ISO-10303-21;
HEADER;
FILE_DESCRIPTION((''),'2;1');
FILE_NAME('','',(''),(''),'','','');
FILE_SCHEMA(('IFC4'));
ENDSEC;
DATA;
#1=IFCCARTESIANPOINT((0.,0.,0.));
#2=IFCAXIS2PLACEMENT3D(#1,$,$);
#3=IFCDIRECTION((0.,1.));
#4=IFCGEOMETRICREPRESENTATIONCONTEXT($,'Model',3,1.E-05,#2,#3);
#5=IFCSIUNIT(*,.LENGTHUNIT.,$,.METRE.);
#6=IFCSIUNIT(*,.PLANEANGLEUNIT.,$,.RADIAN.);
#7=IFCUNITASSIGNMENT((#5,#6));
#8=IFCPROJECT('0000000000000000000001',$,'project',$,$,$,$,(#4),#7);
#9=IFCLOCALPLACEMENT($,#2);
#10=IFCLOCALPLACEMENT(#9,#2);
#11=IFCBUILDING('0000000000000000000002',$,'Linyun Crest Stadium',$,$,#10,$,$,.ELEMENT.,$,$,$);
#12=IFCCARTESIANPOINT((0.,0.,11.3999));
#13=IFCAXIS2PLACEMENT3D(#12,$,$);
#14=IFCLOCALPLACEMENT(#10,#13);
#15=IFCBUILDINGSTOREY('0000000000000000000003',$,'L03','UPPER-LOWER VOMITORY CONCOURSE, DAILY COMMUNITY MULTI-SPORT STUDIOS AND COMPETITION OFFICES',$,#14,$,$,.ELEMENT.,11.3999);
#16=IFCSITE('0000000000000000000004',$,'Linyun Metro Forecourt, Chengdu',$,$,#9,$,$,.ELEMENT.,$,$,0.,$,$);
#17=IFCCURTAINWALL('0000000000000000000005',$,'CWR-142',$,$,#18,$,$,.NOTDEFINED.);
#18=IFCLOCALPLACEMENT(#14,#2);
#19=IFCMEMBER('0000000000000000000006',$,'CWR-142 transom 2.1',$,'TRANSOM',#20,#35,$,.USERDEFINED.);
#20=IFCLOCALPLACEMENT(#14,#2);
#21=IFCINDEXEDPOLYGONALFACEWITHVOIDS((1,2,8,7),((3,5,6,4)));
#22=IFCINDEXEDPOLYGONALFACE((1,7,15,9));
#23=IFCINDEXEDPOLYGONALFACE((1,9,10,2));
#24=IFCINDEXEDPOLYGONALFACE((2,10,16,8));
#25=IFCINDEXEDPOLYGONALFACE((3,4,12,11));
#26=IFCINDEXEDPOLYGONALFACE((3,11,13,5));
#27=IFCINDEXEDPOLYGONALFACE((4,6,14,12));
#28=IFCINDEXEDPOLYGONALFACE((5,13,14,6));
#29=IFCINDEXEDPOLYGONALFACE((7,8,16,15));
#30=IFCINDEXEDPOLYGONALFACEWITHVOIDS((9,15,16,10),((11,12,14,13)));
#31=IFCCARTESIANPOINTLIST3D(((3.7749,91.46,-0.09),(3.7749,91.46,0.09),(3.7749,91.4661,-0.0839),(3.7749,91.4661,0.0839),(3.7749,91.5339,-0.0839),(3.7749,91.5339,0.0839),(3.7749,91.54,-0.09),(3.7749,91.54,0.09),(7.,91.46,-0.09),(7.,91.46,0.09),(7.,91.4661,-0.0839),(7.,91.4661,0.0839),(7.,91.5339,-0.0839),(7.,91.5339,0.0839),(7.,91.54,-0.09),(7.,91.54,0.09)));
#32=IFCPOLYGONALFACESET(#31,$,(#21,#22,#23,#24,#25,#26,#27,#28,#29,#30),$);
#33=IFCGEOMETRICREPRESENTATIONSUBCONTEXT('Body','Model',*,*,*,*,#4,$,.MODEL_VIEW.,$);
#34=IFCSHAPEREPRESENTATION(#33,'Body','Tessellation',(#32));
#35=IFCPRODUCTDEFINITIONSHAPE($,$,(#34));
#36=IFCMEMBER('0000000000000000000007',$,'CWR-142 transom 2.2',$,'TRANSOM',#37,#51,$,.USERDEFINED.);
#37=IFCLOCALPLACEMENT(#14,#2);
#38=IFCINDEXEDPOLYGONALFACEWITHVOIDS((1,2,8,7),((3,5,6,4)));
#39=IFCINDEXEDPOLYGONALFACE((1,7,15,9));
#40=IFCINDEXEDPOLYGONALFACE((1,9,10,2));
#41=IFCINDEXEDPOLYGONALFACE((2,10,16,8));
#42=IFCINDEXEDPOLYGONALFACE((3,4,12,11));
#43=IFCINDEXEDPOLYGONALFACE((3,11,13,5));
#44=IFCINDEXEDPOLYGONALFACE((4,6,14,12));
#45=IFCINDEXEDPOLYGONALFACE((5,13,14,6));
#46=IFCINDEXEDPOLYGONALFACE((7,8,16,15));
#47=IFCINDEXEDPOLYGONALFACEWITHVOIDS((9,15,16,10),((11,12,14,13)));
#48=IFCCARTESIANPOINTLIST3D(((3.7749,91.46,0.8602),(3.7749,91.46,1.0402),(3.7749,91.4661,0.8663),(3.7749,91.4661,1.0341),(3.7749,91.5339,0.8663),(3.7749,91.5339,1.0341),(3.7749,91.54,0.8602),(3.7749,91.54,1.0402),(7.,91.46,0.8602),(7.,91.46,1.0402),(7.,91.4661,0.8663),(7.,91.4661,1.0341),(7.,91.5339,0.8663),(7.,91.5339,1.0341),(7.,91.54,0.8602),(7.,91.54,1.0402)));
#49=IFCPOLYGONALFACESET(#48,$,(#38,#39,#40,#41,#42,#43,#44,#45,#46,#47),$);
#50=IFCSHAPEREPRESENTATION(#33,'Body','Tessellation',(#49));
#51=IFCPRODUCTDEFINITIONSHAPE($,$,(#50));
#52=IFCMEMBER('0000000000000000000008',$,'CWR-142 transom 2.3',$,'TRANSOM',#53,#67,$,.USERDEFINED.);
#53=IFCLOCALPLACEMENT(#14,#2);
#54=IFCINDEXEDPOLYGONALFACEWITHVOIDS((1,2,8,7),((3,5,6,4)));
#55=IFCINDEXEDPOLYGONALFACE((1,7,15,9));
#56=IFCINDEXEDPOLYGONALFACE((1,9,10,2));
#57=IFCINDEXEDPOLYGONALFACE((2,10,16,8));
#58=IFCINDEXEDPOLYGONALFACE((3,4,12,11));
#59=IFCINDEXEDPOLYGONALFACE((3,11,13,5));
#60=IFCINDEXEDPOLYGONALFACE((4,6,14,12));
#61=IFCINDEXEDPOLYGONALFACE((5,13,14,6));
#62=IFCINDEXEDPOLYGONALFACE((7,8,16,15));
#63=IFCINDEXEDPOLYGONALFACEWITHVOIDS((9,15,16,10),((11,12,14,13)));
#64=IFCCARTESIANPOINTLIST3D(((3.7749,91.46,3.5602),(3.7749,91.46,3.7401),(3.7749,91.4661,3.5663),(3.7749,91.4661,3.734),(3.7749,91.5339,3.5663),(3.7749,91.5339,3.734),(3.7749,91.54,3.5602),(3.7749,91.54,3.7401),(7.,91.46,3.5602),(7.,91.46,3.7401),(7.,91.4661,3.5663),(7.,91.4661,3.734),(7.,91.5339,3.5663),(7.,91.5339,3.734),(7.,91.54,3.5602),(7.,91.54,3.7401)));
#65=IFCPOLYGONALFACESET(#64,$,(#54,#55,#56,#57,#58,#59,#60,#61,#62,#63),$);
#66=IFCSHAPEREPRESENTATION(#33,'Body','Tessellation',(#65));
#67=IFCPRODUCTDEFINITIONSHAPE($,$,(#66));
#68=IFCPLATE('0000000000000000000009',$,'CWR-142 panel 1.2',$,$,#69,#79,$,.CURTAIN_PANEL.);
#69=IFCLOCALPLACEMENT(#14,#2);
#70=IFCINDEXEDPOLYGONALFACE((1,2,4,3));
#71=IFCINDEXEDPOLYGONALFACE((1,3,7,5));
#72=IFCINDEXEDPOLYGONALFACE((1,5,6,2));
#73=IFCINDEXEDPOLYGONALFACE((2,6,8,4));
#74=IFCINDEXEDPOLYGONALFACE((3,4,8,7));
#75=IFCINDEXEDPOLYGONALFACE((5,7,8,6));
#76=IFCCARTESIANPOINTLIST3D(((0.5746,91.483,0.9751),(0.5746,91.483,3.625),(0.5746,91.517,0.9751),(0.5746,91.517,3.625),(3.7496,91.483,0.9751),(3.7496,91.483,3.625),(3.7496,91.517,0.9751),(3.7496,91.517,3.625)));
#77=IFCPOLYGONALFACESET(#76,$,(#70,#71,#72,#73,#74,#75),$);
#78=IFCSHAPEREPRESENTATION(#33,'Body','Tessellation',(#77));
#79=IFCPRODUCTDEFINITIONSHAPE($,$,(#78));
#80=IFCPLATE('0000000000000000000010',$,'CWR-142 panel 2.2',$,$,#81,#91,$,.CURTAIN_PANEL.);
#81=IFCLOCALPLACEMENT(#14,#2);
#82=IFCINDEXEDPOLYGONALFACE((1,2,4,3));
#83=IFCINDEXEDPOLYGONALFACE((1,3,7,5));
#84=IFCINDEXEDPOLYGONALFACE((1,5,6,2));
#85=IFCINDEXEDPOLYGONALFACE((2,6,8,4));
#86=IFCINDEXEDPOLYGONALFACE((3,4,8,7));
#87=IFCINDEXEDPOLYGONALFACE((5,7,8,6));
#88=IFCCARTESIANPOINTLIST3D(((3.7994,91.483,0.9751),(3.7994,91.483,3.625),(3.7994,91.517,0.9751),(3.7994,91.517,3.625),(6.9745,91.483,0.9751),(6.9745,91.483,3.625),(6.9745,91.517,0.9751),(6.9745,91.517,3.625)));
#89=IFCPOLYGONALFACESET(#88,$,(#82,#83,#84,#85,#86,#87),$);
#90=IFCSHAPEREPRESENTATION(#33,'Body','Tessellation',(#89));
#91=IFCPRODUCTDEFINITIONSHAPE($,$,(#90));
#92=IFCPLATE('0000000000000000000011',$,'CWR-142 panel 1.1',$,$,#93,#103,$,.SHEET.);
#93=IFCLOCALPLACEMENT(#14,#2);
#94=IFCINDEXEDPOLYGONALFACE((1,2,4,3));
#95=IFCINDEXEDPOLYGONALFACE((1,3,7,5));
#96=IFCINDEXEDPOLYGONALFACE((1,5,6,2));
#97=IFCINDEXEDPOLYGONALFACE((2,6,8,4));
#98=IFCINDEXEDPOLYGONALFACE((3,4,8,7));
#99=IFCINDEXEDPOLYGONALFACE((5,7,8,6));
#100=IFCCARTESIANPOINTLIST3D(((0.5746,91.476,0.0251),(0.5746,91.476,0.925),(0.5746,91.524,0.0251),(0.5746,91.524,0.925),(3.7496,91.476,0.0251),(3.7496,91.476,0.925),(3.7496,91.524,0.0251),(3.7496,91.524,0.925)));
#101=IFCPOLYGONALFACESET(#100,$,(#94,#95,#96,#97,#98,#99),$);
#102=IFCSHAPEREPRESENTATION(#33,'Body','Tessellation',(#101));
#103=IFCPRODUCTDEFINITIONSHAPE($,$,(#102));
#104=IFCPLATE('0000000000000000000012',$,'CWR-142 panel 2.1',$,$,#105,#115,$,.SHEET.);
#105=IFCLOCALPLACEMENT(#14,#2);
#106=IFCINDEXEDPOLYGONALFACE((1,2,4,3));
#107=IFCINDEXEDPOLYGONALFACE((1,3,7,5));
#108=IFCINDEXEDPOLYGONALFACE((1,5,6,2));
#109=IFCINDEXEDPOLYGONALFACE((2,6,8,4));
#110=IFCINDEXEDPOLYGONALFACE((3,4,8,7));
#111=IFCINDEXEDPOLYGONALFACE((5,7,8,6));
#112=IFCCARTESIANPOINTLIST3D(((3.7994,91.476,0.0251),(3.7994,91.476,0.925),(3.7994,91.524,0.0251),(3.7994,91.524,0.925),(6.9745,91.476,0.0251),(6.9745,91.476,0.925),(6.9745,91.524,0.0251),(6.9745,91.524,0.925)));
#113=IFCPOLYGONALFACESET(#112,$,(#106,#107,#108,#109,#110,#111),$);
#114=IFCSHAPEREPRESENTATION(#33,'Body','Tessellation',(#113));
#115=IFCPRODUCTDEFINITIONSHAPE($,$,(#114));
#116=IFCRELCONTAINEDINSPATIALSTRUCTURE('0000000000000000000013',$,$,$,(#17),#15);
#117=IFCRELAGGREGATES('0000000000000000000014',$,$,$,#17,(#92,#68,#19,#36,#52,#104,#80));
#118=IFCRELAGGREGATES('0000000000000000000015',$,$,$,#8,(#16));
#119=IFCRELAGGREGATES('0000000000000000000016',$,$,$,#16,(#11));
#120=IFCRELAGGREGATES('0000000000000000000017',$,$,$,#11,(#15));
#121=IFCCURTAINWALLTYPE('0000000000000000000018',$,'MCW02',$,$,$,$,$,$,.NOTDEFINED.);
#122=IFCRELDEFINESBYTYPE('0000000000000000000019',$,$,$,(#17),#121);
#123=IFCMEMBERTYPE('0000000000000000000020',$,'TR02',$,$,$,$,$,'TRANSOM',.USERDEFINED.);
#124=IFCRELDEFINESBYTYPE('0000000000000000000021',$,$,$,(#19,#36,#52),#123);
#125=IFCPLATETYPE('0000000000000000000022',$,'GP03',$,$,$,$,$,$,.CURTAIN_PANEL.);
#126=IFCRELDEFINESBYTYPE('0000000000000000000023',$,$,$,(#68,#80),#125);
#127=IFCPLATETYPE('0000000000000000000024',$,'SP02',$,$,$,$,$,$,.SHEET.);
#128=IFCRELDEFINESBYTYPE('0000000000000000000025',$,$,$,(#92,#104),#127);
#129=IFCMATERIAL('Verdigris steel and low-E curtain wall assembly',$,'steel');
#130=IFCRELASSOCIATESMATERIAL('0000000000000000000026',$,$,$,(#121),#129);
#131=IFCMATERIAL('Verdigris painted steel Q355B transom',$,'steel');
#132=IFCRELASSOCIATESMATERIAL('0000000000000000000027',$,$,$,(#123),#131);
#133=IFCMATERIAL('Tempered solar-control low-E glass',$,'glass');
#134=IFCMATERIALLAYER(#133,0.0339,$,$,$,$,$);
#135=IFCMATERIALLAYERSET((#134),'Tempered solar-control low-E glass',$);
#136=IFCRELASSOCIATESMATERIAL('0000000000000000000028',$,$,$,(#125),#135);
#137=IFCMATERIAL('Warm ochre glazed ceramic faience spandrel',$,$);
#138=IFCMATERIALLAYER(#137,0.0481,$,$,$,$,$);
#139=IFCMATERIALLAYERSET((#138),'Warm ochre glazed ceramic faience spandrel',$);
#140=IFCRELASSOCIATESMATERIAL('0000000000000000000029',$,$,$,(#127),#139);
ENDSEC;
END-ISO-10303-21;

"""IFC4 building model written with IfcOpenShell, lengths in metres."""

from ifc_helpers import new_model, si_unit, direction, frame, origin, origin_2d, place, context, subcontext, project, spatial, rectangle, hollow_rectangle, extrude, material, layer, layer_set, material_profile, profile_set, type_object, element, aggregate, save


model = new_model("IFC4")

# Units and contexts
model_context = context("Model", 3, precision=1e-05, world=origin(), true_north=direction((0.0, 1.0)))
body_context = subcontext(model_context, "Body", "Model", "MODEL_VIEW")
ifc_project = project(units=[si_unit("LENGTHUNIT", "METRE"), si_unit("PLANEANGLEUNIT", "RADIAN")], contexts=[model_context])

# Site, building, storey
site_placement = place(None, origin())
site = spatial("IfcSite", under=ifc_project, at=site_placement, Name="Linyun Metro Forecourt, Chengdu", CompositionType="ELEMENT", RefElevation=0.0)
building_placement = place(site_placement, origin())
building = spatial("IfcBuilding", under=site, at=building_placement, Name="Linyun Crest Stadium", CompositionType="ELEMENT")
storey_placement = place(building_placement, frame((0.0, 0.0, 11.3999)))
storey = spatial("IfcBuildingStorey", under=building, at=storey_placement, Name="L03", Description="UPPER-LOWER VOMITORY CONCOURSE, DAILY COMMUNITY MULTI-SPORT STUDIOS AND COMPETITION OFFICES", CompositionType="ELEMENT", Elevation=11.3999)

# Shared definitions
ifc_material_1 = material(Name="Verdigris steel and low-E curtain wall assembly", Category="steel")
curtain_wall_type = type_object("IfcCurtainWallType", Name="MCW02", PredefinedType="NOTDEFINED", material=ifc_material_1)

# Curtain wall
curtain_wall_1_placement = place(storey_placement, origin())
curtain_wall_1 = element("IfcCurtainWall", 1, at=curtain_wall_1_placement, inside=storey, type_object=curtain_wall_type, Name="CWR-142", PredefinedType="NOTDEFINED")

# Members
ifc_material_2 = material(Name="Verdigris painted steel Q355B transom", Category="steel")
ifc_material_profile_1 = material_profile(ifc_material_2, hollow_rectangle(XDim=0.0801, YDim=0.1799, WallThickness=0.0061, at=origin_2d()), Name="RHS 180x80x6")
ifc_profile_set_1 = profile_set([ifc_material_profile_1], Name="Verdigris painted steel Q355B transom")
member_type_1 = type_object("IfcMemberType", Name="TR02", ElementType="TRANSOM", PredefinedType="USERDEFINED", material=ifc_profile_set_1)
member_1_placement = place(storey_placement, frame((3.7749, 91.5, 0.0), z_axis=(1.0, 0.0, 0.0), x_axis=(0.0, 1.0, 0.0)))
member_1 = element("IfcMember", 2, at=member_1_placement, type_object=member_type_1, Name="CWR-142 transom 2.1", ObjectType="TRANSOM", PredefinedType="USERDEFINED", context=body_context, shape_type="SweptSolid", body=[
    extrude(hollow_rectangle(XDim=0.0801, YDim=0.1799, WallThickness=0.0061, at=origin_2d()), origin(), (0.0, 0.0, 1.0), 3.2251),
])
member_2_placement = place(storey_placement, frame((3.7749, 91.5, 0.9502), z_axis=(1.0, 0.0, 0.0), x_axis=(0.0, 1.0, 0.0)))
member_2 = element("IfcMember", 3, at=member_2_placement, type_object=member_type_1, Name="CWR-142 transom 2.2", ObjectType="TRANSOM", PredefinedType="USERDEFINED", context=body_context, shape_type="SweptSolid", body=[
    extrude(hollow_rectangle(XDim=0.0801, YDim=0.1799, WallThickness=0.0061, at=origin_2d()), origin(), (0.0, 0.0, 1.0), 3.2251),
])
member_3_placement = place(storey_placement, frame((3.7749, 91.5, 3.6501), z_axis=(1.0, 0.0, 0.0), x_axis=(0.0, 1.0, 0.0)))
member_3 = element("IfcMember", 4, at=member_3_placement, type_object=member_type_1, Name="CWR-142 transom 2.3", ObjectType="TRANSOM", PredefinedType="USERDEFINED", context=body_context, shape_type="SweptSolid", body=[
    extrude(hollow_rectangle(XDim=0.0801, YDim=0.1799, WallThickness=0.0061, at=origin_2d()), origin(), (0.0, 0.0, 1.0), 3.2251),
])

# Plates
ifc_material_3 = material(Name="Tempered solar-control low-E glass", Category="glass")
ifc_layer_1 = layer(ifc_material_3, 0.0339)
ifc_layer_set_1 = layer_set([ifc_layer_1], Name="Tempered solar-control low-E glass")
plate_type_1 = type_object("IfcPlateType", Name="GP03", PredefinedType="CURTAIN_PANEL", material=ifc_layer_set_1)
plate_1_placement = place(storey_placement, frame((2.1621, 91.5, 0.9751), z_axis=(0.0, 0.0, 1.0), x_axis=(1.0, 0.0, 0.0)))
plate_1 = element("IfcPlate", 5, at=plate_1_placement, type_object=plate_type_1, Name="CWR-142 panel 1.2", PredefinedType="CURTAIN_PANEL", context=body_context, shape_type="SweptSolid", body=[
    extrude(rectangle(XDim=3.175, YDim=0.0339, at=origin_2d()), origin(), (0.0, 0.0, 1.0), 2.6499),
])
plate_2_placement = place(storey_placement, frame((5.387, 91.5, 0.9751), z_axis=(0.0, 0.0, 1.0), x_axis=(1.0, 0.0, 0.0)))
plate_2 = element("IfcPlate", 6, at=plate_2_placement, type_object=plate_type_1, Name="CWR-142 panel 2.2", PredefinedType="CURTAIN_PANEL", context=body_context, shape_type="SweptSolid", body=[
    extrude(rectangle(XDim=3.175, YDim=0.0339, at=origin_2d()), origin(), (0.0, 0.0, 1.0), 2.6499),
])
ifc_material_4 = material(Name="Warm ochre glazed ceramic faience spandrel")
ifc_layer_2 = layer(ifc_material_4, 0.0481)
ifc_layer_set_2 = layer_set([ifc_layer_2], Name="Warm ochre glazed ceramic faience spandrel")
plate_type_2 = type_object("IfcPlateType", Name="SP02", PredefinedType="SHEET", material=ifc_layer_set_2)
plate_3_placement = place(storey_placement, frame((2.1621, 91.5, 0.0251), z_axis=(0.0, 0.0, 1.0), x_axis=(1.0, 0.0, 0.0)))
plate_3 = element("IfcPlate", 7, at=plate_3_placement, type_object=plate_type_2, Name="CWR-142 panel 1.1", PredefinedType="SHEET", context=body_context, shape_type="SweptSolid", body=[
    extrude(rectangle(XDim=3.175, YDim=0.0481, at=origin_2d()), origin(), (0.0, 0.0, 1.0), 0.8999),
])
plate_4_placement = place(storey_placement, frame((5.387, 91.5, 0.0251), z_axis=(0.0, 0.0, 1.0), x_axis=(1.0, 0.0, 0.0)))
plate_4 = element("IfcPlate", 8, at=plate_4_placement, type_object=plate_type_2, Name="CWR-142 panel 2.1", PredefinedType="SHEET", context=body_context, shape_type="SweptSolid", body=[
    extrude(rectangle(XDim=3.175, YDim=0.0481, at=origin_2d()), origin(), (0.0, 0.0, 1.0), 0.8999),
])
aggregate(curtain_wall_1, [plate_3, plate_1, member_1, member_2, member_3, plate_4, plate_2])

save(model, "model.ifc")
